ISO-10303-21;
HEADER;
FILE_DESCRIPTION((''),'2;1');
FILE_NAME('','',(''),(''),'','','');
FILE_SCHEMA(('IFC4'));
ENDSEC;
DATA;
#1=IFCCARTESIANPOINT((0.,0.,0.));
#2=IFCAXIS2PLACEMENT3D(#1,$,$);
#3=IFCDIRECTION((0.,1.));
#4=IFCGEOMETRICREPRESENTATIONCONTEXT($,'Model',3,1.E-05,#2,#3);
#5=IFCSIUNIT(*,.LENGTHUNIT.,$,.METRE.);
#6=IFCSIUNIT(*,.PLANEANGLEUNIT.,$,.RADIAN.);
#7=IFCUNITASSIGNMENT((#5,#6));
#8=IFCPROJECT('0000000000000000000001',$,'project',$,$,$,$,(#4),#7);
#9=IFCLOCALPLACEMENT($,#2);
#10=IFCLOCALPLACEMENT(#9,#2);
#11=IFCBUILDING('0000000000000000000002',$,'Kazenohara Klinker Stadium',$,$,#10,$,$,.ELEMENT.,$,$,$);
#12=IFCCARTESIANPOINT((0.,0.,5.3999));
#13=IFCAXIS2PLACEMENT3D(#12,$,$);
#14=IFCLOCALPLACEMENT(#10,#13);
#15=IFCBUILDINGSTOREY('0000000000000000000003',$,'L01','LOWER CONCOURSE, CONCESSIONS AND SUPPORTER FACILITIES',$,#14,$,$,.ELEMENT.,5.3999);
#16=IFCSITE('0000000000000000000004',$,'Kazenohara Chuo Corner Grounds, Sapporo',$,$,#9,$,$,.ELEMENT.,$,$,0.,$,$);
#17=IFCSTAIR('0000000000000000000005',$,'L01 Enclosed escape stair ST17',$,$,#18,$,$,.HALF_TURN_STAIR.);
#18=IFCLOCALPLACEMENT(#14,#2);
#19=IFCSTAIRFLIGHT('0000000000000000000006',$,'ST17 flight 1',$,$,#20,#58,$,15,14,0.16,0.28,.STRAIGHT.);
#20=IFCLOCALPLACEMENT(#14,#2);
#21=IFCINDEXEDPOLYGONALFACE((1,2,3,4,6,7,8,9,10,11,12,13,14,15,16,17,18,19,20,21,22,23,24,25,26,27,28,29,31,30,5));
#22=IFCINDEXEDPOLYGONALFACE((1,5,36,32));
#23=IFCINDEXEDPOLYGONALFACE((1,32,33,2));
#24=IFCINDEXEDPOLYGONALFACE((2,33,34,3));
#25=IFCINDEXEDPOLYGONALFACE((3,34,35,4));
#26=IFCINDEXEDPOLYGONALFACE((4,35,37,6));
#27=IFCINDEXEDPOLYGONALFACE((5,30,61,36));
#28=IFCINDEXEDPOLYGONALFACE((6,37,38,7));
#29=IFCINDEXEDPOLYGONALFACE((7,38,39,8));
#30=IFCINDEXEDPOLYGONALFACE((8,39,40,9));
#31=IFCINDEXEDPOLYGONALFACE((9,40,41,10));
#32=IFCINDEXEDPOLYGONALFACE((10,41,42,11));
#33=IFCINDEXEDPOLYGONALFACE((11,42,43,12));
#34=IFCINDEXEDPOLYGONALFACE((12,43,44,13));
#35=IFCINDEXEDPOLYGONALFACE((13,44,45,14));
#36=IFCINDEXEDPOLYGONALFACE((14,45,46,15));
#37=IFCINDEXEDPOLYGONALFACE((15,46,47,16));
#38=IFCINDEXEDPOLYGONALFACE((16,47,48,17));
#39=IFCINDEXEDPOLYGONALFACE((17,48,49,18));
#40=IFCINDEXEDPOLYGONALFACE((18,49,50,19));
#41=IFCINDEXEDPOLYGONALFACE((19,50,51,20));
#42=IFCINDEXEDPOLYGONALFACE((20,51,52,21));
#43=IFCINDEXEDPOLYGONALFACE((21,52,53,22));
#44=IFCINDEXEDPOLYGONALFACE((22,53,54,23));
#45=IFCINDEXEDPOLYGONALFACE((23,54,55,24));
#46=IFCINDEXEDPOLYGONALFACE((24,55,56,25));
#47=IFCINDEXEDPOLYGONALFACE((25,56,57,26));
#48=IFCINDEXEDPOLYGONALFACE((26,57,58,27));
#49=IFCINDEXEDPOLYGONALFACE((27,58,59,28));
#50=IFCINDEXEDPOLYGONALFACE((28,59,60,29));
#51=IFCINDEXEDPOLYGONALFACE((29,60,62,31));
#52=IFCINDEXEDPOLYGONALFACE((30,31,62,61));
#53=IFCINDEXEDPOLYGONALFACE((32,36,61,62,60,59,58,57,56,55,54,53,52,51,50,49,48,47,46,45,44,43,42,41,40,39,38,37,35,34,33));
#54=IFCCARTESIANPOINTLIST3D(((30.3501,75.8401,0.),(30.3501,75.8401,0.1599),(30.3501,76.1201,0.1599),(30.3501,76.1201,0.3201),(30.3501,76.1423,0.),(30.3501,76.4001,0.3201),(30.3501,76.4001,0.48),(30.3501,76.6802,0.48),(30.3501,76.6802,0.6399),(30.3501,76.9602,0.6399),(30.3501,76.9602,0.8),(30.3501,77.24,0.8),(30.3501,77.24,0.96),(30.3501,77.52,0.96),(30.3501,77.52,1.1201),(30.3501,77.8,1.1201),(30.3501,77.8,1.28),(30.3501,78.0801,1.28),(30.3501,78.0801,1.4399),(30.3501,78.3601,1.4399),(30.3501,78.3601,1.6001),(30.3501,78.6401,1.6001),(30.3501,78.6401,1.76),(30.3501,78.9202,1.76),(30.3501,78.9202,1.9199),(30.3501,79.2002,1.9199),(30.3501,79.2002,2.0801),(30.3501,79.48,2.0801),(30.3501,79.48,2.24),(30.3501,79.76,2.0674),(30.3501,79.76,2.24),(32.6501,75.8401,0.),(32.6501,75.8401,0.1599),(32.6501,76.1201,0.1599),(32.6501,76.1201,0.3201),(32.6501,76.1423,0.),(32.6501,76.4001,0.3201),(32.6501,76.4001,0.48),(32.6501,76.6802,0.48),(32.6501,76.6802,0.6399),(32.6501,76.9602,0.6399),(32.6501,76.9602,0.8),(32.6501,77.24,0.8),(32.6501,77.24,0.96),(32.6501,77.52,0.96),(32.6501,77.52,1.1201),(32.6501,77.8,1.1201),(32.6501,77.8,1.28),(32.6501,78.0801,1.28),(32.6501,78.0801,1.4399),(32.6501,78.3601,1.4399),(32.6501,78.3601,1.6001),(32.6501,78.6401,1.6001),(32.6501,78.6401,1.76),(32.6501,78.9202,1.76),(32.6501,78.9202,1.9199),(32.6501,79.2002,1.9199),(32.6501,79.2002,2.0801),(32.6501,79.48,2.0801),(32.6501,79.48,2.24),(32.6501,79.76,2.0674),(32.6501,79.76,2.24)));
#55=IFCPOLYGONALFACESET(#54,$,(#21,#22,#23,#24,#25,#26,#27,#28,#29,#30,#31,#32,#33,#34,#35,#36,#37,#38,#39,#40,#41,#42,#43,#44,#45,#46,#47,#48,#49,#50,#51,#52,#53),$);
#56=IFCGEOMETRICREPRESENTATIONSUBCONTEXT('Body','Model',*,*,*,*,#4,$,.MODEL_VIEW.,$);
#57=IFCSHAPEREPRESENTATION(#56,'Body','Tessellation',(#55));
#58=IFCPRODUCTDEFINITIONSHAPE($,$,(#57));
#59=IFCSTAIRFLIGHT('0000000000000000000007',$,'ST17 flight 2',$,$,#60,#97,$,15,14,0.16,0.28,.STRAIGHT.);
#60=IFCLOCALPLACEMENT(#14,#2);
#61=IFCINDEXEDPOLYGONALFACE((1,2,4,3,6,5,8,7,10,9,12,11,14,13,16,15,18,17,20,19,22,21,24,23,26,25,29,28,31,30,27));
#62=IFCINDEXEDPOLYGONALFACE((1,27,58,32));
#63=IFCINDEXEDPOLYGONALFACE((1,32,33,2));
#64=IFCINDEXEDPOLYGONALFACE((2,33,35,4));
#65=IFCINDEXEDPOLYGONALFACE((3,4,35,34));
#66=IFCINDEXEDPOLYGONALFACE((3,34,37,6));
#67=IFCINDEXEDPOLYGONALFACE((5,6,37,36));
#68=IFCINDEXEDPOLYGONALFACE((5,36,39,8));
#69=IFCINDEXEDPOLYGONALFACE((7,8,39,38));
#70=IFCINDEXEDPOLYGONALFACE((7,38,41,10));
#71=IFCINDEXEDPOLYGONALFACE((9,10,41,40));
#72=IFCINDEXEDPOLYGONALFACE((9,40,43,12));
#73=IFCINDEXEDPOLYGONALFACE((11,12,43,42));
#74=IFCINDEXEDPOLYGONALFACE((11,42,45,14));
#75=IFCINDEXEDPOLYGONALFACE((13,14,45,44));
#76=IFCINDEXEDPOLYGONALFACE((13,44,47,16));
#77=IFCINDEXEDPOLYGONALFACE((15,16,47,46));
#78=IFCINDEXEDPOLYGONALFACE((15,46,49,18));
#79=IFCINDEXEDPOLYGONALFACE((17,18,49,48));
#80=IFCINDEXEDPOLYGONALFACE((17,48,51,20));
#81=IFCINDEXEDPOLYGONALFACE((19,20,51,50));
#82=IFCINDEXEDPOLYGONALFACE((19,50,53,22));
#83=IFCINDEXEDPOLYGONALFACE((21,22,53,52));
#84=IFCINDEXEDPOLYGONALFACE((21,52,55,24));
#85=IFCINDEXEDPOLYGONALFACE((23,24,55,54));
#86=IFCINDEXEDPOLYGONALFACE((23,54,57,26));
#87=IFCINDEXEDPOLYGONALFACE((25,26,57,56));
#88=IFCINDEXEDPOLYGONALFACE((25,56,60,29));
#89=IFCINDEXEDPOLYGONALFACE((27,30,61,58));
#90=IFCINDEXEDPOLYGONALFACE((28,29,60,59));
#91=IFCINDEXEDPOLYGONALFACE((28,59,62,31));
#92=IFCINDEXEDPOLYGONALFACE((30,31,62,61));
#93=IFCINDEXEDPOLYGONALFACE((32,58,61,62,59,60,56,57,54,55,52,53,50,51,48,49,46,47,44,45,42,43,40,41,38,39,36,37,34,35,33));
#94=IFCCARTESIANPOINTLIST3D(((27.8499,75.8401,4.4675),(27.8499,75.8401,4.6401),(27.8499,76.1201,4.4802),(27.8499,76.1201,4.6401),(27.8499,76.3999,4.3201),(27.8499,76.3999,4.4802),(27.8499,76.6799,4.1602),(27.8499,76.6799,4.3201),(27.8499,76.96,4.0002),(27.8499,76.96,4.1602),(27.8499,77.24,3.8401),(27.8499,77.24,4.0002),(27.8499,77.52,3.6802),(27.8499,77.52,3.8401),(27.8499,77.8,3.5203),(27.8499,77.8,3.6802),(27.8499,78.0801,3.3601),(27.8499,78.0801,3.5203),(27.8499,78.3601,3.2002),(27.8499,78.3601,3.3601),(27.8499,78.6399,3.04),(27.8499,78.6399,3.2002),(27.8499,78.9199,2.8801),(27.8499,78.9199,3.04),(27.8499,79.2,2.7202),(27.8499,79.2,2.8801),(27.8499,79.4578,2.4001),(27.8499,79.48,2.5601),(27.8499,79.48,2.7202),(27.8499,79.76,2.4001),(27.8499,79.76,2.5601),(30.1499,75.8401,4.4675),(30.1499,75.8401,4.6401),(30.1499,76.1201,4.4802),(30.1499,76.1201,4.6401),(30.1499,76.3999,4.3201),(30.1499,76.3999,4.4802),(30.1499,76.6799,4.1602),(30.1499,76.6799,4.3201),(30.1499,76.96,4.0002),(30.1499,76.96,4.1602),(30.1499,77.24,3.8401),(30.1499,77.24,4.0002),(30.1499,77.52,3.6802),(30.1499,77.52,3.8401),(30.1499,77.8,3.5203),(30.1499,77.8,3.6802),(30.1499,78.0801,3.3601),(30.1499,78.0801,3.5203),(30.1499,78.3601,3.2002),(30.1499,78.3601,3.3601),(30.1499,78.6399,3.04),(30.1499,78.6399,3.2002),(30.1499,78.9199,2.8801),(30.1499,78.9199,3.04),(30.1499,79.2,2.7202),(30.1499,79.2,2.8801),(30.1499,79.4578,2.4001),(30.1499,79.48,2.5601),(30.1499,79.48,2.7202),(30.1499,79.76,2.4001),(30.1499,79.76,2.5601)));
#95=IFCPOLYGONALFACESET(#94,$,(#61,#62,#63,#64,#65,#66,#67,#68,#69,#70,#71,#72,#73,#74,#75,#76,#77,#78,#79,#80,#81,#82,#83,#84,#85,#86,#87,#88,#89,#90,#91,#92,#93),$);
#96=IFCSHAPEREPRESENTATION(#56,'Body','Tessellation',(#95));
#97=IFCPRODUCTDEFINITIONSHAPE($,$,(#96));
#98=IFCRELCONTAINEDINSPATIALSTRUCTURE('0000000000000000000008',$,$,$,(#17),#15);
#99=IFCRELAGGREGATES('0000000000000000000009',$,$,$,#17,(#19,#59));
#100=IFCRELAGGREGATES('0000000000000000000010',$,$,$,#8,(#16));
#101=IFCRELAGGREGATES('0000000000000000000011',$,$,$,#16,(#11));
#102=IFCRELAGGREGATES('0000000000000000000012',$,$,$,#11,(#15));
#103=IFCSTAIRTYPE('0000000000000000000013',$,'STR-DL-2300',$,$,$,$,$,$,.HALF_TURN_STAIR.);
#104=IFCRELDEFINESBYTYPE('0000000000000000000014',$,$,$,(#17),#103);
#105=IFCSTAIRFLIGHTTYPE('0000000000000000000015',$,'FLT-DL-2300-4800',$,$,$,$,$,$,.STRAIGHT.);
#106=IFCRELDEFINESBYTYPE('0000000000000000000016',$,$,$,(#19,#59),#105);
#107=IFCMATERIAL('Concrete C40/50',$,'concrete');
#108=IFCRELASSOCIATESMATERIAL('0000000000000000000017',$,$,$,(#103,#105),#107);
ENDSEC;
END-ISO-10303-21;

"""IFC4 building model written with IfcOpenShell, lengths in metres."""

from ifc_helpers import new_model, si_unit, direction, frame, origin, place, context, subcontext, project, spatial, polyline, outline, extrude, material, type_object, element, aggregate, save


model = new_model("IFC4")

# Units and contexts
model_context = context("Model", 3, precision=1e-05, world=origin(), true_north=direction((0.0, 1.0)))
body_context = subcontext(model_context, "Body", "Model", "MODEL_VIEW")
ifc_project = project(units=[si_unit("LENGTHUNIT", "METRE"), si_unit("PLANEANGLEUNIT", "RADIAN")], contexts=[model_context])

# Site, building, storey
site_placement = place(None, origin())
site = spatial("IfcSite", under=ifc_project, at=site_placement, Name="Kazenohara Chuo Corner Grounds, Sapporo", CompositionType="ELEMENT", RefElevation=0.0)
building_placement = place(site_placement, origin())
building = spatial("IfcBuilding", under=site, at=building_placement, Name="Kazenohara Klinker Stadium", CompositionType="ELEMENT")
storey_placement = place(building_placement, frame((0.0, 0.0, 5.3999)))
storey = spatial("IfcBuildingStorey", under=building, at=storey_placement, Name="L01", Description="LOWER CONCOURSE, CONCESSIONS AND SUPPORTER FACILITIES", CompositionType="ELEMENT", Elevation=5.3999)

# Shared definitions
ifc_material_1 = material(Name="Concrete C40/50", Category="concrete")

# Stair, stair flights
stair_type = type_object("IfcStairType", Name="STR-DL-2300", PredefinedType="HALF_TURN_STAIR", material=ifc_material_1)
stair_placement = place(storey_placement, origin())
stair = element("IfcStair", 1, at=stair_placement, inside=storey, type_object=stair_type, Name="L01 Enclosed escape stair ST17", PredefinedType="HALF_TURN_STAIR")
stair_flight_type = type_object("IfcStairFlightType", Name="FLT-DL-2300-4800", PredefinedType="STRAIGHT", material=ifc_material_1)
stair_flight_1_placement = place(storey_placement, frame((31.5, 75.8401, 0.0), z_axis=(0.0, 0.0, 1.0), x_axis=(0.0, 1.0, 0.0)))
stair_flight_1 = element("IfcStairFlight", 2, at=stair_flight_1_placement, type_object=stair_flight_type, Name="ST17 flight 1", NumberOfRisers=15, NumberOfTreads=14, PredefinedType="STRAIGHT", RiserHeight=0.16, TreadLength=0.28, context=body_context, shape_type="SweptSolid", body=[
    extrude(outline(polyline([(0.0, 0.0), (0.0, 0.1599), (0.28, 0.1599), (0.28, 0.3201), (0.5601, 0.3201), (0.5601, 0.48), (0.8401, 0.48), (0.8401, 0.6399), (1.1201, 0.6399), (1.1201, 0.8), (1.3999, 0.8), (1.3999, 0.96), (1.6799, 0.96), (1.6799, 1.1201), (1.96, 1.1201), (1.96, 1.28), (2.24, 1.28), (2.24, 1.4399), (2.52, 1.4399), (2.52, 1.6001), (2.8, 1.6001), (2.8, 1.76), (3.0801, 1.76), (3.0801, 1.9199), (3.3601, 1.9199), (3.3601, 2.0801), (3.6399, 2.0801), (3.6399, 2.24), (3.9199, 2.24), (3.9199, 2.3999), (3.9199, 2.0674), (0.3022, 0.0), (0.0, 0.0)])), frame((0.0, 1.1499, 0.0), z_axis=(0.0, -1.0, 0.0), x_axis=(1.0, 0.0, 0.0)), (0.0, 0.0, 1.0), 2.3),
])
stair_flight_2_placement = place(storey_placement, frame((29.0, 79.76, 2.4001), z_axis=(0.0, 0.0, 1.0), x_axis=(0.0, -1.0, 0.0)))
stair_flight_2 = element("IfcStairFlight", 3, at=stair_flight_2_placement, type_object=stair_flight_type, Name="ST17 flight 2", NumberOfRisers=15, NumberOfTreads=14, PredefinedType="STRAIGHT", RiserHeight=0.16, TreadLength=0.28, context=body_context, shape_type="SweptSolid", body=[
    extrude(outline(polyline([(0.0, 0.0), (0.0, 0.1599), (0.28, 0.1599), (0.28, 0.3201), (0.5601, 0.3201), (0.5601, 0.48), (0.8401, 0.48), (0.8401, 0.6399), (1.1201, 0.6399), (1.1201, 0.8), (1.3999, 0.8), (1.3999, 0.96), (1.6799, 0.96), (1.6799, 1.1201), (1.96, 1.1201), (1.96, 1.28), (2.24, 1.28), (2.24, 1.4399), (2.52, 1.4399), (2.52, 1.6001), (2.8, 1.6001), (2.8, 1.76), (3.0801, 1.76), (3.0801, 1.9199), (3.3601, 1.9199), (3.3601, 2.0801), (3.6399, 2.0801), (3.6399, 2.24), (3.9199, 2.24), (3.9199, 2.3999), (3.9199, 2.0674), (0.3022, 0.0), (0.0, 0.0)])), frame((0.0, 1.1499, 0.0), z_axis=(0.0, -1.0, 0.0), x_axis=(1.0, 0.0, 0.0)), (0.0, 0.0, 1.0), 2.3),
])
aggregate(stair, [stair_flight_1, stair_flight_2])

save(model, "model.ifc")
